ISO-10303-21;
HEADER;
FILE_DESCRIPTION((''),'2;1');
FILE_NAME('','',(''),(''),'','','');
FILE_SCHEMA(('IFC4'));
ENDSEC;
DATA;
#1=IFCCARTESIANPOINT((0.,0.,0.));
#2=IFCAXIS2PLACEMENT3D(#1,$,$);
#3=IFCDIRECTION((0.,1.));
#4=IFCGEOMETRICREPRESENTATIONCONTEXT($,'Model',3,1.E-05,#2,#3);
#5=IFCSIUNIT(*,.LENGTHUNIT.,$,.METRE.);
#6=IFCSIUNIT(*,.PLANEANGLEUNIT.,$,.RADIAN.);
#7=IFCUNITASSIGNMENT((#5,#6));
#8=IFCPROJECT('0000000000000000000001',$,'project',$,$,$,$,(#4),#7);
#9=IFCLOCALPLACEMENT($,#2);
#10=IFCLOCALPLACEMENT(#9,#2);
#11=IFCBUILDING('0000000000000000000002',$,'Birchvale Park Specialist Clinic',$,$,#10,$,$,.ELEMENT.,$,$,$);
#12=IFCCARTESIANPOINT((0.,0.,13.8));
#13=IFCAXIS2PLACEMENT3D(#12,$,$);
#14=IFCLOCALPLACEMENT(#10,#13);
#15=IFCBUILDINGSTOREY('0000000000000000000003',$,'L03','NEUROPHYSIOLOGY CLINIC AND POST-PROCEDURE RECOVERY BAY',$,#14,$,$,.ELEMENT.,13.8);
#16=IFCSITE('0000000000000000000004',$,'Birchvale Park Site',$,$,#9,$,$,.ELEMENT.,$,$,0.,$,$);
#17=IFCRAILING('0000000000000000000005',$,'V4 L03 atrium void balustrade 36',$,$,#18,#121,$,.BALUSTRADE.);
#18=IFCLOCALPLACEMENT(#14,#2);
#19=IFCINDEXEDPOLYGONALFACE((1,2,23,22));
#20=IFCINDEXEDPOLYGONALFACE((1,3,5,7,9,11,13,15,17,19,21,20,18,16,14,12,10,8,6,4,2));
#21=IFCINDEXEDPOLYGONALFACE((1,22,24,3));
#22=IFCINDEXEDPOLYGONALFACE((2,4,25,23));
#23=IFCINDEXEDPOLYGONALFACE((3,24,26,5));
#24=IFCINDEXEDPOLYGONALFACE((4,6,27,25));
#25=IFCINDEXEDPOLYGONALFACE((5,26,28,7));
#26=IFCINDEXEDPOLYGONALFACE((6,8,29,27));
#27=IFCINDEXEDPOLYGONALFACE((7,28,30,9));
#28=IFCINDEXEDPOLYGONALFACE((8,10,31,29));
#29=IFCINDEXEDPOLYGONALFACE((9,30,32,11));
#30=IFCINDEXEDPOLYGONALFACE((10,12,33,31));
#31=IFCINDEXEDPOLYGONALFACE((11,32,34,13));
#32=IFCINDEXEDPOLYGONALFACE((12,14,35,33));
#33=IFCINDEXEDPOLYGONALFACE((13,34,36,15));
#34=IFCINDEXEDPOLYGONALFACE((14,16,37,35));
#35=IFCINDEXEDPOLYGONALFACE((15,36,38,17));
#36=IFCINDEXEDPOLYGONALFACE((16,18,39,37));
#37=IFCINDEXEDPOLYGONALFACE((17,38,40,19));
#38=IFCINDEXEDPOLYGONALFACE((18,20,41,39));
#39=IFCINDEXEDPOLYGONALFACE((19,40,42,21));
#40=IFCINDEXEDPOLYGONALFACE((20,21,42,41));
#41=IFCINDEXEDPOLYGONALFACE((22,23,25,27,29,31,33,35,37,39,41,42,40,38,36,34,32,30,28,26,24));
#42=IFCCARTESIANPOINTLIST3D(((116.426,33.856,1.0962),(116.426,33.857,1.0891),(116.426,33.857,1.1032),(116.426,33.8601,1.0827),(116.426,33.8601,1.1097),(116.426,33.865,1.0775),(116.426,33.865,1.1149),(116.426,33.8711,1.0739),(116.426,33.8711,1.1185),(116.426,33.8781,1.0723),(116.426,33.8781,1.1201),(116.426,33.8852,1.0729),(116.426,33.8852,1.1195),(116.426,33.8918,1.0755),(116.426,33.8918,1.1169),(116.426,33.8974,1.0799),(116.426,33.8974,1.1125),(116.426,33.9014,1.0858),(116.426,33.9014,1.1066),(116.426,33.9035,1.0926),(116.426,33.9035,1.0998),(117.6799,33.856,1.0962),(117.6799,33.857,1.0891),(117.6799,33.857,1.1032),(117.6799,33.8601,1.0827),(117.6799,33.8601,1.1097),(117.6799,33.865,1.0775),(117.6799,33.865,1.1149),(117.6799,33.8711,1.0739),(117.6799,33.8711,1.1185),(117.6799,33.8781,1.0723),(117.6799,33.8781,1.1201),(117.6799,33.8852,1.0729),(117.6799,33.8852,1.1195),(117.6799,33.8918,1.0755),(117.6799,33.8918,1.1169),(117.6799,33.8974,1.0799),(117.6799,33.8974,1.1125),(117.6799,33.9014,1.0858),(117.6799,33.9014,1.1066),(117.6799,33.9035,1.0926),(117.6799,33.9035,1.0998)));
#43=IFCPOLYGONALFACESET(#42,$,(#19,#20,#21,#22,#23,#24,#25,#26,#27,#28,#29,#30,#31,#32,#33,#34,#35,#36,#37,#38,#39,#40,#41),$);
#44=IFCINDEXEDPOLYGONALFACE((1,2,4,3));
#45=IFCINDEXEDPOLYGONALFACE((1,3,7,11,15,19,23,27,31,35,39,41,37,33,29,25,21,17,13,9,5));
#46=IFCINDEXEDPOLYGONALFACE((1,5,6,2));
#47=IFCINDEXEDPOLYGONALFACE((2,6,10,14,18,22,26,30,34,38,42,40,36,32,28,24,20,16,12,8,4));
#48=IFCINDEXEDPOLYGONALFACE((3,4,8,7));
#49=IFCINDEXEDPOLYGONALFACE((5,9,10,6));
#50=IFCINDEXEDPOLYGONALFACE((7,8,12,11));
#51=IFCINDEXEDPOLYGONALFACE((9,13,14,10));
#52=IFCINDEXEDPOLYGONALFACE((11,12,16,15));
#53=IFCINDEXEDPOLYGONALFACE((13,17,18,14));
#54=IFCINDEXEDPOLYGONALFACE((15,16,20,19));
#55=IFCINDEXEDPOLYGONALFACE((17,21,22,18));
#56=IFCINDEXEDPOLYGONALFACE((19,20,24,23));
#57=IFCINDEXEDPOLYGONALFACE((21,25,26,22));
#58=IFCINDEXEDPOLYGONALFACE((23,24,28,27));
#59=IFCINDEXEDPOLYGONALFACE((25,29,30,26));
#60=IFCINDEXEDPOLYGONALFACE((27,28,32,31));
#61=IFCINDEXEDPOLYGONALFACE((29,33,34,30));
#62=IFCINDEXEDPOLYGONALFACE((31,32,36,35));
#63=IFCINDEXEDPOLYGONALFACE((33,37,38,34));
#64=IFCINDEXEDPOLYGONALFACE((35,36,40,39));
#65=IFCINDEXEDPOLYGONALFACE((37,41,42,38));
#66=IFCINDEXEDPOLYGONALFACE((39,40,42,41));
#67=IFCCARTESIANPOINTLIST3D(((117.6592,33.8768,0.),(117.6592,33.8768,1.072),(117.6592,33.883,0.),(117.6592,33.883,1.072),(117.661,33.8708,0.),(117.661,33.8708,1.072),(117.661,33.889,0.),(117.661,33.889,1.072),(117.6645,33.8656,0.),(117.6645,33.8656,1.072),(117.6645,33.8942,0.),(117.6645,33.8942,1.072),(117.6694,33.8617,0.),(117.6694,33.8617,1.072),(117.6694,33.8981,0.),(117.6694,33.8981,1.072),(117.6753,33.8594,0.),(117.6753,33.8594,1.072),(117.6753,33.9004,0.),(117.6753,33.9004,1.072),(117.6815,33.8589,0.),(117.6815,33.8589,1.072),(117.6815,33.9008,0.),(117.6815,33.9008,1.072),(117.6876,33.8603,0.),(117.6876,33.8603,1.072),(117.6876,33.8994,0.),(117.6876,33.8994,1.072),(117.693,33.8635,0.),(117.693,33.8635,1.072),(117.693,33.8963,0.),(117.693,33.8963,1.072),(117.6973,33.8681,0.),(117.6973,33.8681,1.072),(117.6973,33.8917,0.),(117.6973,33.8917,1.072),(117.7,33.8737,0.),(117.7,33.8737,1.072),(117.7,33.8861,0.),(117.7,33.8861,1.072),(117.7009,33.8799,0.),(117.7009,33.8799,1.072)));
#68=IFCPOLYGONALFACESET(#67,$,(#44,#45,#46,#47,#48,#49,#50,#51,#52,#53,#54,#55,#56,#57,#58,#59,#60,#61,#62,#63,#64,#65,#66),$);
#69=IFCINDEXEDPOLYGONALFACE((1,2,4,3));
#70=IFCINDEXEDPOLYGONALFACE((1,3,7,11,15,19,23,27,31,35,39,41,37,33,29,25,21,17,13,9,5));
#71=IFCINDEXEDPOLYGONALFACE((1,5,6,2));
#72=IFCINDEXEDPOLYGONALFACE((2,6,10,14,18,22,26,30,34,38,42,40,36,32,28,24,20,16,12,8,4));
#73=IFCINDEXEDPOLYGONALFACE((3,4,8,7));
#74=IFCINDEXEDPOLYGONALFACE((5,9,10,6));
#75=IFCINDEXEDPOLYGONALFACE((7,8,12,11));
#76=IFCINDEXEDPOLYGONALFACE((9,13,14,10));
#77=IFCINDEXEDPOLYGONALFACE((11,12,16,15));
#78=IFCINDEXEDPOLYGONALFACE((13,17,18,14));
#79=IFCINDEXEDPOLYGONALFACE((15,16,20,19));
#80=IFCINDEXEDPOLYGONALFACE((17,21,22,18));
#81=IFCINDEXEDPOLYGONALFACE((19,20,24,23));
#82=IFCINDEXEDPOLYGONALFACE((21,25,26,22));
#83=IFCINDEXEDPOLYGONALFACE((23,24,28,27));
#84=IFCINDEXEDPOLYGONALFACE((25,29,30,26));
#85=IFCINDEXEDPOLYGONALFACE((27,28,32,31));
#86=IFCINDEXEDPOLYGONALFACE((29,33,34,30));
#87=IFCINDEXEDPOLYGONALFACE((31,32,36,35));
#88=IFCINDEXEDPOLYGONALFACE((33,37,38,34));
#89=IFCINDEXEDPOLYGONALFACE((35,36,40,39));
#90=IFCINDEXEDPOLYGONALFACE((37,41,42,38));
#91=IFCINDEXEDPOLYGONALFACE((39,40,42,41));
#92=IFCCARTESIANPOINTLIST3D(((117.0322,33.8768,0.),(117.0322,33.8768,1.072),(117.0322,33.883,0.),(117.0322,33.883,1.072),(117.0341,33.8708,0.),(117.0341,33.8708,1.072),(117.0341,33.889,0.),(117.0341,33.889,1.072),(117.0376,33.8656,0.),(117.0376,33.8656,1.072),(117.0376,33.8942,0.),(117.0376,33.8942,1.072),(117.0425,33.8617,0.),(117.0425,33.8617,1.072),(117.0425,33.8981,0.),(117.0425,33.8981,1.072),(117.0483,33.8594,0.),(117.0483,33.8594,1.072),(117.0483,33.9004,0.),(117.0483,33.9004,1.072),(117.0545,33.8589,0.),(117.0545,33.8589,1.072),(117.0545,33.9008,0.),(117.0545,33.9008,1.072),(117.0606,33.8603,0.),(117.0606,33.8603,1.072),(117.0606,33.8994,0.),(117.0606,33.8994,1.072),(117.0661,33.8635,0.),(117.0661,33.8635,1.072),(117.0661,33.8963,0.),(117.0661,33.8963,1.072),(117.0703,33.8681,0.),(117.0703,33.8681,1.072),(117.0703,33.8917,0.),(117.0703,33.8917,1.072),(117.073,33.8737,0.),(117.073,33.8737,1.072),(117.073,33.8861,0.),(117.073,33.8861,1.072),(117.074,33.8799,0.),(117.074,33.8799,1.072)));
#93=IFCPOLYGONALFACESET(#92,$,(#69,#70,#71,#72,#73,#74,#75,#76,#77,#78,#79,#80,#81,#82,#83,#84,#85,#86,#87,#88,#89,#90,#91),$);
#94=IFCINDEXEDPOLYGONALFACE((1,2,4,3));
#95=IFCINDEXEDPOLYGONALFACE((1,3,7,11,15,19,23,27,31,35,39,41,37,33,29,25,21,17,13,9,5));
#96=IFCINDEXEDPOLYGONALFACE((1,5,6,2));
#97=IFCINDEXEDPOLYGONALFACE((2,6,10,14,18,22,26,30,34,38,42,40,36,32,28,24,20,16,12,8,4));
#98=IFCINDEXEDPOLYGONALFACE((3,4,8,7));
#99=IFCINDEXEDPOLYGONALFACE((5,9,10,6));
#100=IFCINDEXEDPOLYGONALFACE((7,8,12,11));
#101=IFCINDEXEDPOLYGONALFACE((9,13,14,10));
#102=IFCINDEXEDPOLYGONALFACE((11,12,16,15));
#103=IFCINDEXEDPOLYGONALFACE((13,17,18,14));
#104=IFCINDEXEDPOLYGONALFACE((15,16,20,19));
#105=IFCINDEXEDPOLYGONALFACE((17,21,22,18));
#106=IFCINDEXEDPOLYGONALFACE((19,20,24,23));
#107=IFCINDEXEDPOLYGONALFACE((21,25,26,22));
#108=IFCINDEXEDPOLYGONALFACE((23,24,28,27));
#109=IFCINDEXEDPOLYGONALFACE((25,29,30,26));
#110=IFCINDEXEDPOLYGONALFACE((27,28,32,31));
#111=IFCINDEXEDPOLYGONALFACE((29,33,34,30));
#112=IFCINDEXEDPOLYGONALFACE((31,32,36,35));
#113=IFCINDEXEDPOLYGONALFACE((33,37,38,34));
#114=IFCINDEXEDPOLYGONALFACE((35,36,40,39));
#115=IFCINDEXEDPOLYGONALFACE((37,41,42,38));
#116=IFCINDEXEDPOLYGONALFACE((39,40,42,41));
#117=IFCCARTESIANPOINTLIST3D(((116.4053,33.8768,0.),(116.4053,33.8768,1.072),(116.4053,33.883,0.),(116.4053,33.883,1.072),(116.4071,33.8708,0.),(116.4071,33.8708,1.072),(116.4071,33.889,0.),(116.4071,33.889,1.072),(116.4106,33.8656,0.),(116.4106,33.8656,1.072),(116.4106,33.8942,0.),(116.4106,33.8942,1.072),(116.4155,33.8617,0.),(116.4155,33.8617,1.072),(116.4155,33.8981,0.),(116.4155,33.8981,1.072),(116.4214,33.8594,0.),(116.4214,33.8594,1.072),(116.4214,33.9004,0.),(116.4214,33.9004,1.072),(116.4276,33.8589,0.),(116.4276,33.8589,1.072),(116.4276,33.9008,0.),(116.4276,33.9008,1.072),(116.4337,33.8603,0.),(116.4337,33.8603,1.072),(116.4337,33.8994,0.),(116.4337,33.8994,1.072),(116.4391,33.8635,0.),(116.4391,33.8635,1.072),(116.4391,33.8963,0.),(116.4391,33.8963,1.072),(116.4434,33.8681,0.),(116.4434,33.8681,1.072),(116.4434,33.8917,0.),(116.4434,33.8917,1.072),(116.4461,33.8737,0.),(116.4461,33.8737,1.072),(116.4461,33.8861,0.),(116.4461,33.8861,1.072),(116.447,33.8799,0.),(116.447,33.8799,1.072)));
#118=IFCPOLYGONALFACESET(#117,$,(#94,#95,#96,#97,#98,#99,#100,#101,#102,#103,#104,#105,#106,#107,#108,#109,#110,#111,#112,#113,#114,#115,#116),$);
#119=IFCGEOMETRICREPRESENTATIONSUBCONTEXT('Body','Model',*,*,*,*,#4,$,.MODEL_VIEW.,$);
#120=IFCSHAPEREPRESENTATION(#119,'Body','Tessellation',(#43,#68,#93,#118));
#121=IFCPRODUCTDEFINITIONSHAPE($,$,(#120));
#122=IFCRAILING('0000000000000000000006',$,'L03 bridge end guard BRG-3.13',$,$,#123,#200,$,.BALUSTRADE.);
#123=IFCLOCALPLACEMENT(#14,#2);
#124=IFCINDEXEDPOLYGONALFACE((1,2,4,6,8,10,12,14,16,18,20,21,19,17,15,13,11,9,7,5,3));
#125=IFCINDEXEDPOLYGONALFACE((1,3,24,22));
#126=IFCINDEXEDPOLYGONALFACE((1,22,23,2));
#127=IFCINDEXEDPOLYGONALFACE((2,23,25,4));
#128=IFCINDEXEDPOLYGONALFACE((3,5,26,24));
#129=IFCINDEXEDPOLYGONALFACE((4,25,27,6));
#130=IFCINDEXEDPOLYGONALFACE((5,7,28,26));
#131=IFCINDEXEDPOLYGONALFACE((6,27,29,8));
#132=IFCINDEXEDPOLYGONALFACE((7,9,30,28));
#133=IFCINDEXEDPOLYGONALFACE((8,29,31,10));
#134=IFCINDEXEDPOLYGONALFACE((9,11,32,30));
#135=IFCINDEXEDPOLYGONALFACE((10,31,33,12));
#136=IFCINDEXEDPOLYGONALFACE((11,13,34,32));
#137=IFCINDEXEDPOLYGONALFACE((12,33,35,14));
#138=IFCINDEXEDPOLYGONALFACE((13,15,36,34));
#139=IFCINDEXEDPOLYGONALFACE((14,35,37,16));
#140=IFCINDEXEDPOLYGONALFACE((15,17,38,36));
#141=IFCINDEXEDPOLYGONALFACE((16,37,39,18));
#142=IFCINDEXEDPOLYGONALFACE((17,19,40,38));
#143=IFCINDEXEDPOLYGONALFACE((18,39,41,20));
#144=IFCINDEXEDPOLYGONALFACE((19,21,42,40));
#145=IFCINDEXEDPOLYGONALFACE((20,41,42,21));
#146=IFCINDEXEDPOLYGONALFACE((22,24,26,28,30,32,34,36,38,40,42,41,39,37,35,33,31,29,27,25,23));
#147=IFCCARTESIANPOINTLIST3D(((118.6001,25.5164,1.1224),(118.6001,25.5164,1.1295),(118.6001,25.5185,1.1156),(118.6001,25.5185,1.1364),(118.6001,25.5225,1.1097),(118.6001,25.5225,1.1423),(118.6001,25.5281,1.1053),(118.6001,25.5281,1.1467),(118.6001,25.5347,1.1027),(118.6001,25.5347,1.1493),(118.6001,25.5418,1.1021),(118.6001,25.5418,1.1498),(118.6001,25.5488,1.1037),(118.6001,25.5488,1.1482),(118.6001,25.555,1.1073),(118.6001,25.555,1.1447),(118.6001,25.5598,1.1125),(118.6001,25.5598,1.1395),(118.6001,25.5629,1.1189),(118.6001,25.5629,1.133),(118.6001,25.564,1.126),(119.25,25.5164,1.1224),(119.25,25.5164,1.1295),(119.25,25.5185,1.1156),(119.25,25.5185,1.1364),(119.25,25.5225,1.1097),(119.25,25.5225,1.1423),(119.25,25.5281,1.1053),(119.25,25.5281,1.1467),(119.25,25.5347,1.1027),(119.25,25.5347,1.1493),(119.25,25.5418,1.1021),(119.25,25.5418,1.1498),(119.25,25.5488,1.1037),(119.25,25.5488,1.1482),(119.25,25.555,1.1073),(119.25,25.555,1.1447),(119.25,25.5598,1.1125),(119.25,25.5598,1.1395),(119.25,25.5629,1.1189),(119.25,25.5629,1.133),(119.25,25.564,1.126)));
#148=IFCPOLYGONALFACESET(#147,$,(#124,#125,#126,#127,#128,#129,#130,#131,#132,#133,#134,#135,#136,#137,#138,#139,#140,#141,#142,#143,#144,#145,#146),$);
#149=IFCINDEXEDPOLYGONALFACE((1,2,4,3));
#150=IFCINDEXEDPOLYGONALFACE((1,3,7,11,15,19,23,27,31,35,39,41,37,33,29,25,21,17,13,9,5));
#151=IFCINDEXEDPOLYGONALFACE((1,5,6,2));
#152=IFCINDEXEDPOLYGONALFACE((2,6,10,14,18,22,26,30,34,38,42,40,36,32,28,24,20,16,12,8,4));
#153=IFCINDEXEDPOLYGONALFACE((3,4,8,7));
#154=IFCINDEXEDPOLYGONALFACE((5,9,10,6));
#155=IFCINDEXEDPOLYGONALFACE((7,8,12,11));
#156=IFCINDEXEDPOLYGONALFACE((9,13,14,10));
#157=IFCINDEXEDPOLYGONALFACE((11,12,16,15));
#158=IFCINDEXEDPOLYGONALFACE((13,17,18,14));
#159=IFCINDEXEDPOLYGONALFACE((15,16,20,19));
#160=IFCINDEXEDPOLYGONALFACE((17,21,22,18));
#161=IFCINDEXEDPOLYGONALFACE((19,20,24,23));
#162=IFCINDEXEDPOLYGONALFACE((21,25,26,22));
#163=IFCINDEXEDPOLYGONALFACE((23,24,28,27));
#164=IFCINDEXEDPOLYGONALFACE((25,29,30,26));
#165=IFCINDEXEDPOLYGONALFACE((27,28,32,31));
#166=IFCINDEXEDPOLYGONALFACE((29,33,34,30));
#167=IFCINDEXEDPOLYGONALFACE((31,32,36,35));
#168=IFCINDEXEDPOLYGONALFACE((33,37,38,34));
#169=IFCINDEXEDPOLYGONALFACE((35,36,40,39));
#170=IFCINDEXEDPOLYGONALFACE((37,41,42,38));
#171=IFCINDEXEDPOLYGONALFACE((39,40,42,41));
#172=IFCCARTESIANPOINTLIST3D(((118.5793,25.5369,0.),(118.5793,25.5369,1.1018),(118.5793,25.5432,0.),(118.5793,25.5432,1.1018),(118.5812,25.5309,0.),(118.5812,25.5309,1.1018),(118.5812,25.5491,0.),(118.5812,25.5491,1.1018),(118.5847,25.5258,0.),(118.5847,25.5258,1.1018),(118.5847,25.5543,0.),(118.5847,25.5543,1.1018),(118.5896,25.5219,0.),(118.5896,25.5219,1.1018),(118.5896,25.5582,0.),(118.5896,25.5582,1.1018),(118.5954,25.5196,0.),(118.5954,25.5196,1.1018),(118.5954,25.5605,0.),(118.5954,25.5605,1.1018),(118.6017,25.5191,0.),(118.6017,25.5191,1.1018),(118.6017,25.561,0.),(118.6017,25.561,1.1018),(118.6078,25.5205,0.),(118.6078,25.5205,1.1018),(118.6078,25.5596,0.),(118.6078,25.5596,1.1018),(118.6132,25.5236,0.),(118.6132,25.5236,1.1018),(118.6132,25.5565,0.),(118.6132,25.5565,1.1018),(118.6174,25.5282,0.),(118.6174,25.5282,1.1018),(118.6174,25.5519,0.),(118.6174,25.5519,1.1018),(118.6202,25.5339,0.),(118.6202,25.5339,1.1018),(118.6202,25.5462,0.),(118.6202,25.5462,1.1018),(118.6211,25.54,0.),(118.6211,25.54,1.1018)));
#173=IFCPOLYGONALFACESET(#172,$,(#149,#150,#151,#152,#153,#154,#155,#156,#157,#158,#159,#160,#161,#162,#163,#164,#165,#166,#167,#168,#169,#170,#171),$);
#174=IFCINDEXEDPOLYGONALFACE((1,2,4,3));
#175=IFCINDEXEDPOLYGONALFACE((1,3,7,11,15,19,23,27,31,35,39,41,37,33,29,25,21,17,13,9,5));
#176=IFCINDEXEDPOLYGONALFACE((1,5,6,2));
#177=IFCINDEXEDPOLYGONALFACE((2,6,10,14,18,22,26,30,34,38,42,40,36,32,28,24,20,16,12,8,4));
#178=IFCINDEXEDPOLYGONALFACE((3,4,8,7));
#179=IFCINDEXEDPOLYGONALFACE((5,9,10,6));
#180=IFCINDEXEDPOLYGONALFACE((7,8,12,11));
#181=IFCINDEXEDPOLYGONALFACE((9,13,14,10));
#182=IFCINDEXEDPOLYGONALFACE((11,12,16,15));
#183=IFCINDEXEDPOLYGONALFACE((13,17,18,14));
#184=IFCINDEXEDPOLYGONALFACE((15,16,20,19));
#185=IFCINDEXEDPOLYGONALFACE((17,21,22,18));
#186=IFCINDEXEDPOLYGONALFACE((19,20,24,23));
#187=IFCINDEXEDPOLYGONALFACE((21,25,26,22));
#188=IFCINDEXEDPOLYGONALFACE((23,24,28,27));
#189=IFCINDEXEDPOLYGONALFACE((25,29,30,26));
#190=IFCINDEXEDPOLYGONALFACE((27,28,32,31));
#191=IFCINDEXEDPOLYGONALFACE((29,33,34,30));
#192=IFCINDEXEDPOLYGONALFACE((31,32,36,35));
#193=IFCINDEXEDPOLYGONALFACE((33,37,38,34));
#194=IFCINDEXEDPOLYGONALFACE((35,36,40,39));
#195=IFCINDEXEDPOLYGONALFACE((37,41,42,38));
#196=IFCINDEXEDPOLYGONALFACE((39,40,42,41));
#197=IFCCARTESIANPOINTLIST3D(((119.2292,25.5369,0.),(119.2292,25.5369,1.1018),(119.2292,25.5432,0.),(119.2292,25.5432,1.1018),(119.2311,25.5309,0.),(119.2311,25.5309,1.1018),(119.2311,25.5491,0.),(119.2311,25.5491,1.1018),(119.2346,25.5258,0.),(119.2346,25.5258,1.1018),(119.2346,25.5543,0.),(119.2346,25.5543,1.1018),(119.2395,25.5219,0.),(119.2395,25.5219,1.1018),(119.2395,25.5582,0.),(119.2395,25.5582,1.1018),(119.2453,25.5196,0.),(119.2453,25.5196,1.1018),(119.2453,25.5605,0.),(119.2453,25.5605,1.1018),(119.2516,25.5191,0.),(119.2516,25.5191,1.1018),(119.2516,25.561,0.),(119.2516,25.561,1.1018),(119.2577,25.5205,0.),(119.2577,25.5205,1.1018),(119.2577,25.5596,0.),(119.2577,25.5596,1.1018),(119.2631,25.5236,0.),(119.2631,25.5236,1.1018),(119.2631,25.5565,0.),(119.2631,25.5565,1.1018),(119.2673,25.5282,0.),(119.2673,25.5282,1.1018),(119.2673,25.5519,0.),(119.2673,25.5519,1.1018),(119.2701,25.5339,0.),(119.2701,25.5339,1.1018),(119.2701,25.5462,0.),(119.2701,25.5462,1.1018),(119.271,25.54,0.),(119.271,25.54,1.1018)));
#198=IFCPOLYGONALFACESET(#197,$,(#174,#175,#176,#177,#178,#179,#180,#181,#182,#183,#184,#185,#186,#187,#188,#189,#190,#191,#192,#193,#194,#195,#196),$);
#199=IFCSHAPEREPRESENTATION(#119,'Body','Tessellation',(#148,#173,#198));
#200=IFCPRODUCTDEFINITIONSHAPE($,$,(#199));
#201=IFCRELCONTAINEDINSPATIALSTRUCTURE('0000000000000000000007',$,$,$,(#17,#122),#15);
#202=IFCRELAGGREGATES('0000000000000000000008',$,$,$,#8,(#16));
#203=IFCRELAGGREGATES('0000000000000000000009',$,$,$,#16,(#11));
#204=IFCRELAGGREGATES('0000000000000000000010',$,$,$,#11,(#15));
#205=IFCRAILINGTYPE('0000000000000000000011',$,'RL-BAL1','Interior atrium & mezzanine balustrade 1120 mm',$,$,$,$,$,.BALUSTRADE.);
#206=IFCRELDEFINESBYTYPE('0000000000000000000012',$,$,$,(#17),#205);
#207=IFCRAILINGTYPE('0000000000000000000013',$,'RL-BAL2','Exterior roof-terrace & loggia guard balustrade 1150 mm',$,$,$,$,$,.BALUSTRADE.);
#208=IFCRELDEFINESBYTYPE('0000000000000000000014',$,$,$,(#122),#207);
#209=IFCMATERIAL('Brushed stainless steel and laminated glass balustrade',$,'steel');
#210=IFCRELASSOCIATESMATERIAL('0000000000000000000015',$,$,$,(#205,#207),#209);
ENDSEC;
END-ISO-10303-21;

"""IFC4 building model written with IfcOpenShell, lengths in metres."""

from ifc_helpers import new_model, si_unit, direction, frame, origin, origin_2d, place, context, subcontext, project, spatial, circle, extrude, material, type_object, element, save


model = new_model("IFC4")

# Units and contexts
model_context = context("Model", 3, precision=1e-05, world=origin(), true_north=direction((0.0, 1.0)))
body_context = subcontext(model_context, "Body", "Model", "MODEL_VIEW")
ifc_project = project(units=[si_unit("LENGTHUNIT", "METRE"), si_unit("PLANEANGLEUNIT", "RADIAN")], contexts=[model_context])

# Site, building, storey
site_placement = place(None, origin())
site = spatial("IfcSite", under=ifc_project, at=site_placement, Name="Birchvale Park Site", CompositionType="ELEMENT", RefElevation=0.0)
building_placement = place(site_placement, origin())
building = spatial("IfcBuilding", under=site, at=building_placement, Name="Birchvale Park Specialist Clinic", CompositionType="ELEMENT")
storey_placement = place(building_placement, frame((0.0, 0.0, 13.8)))
storey = spatial("IfcBuildingStorey", under=building, at=storey_placement, Name="L03", Description="NEUROPHYSIOLOGY CLINIC AND POST-PROCEDURE RECOVERY BAY", CompositionType="ELEMENT", Elevation=13.8)

# Railings
ifc_material_1 = material(Name="Brushed stainless steel and laminated glass balustrade", Category="steel")
railing_type_1 = type_object("IfcRailingType", Name="RL-BAL1", Description="Interior atrium & mezzanine balustrade 1120 mm", PredefinedType="BALUSTRADE", material=ifc_material_1)
railing_1_placement = place(storey_placement, frame((117.6799, 33.8799, 0.0)))
element("IfcRailing", 1, at=railing_1_placement, inside=storey, type_object=railing_type_1, Name="V4 L03 atrium void balustrade 36", PredefinedType="BALUSTRADE", context=body_context, shape_type="SweptSolid", body=[
    extrude(circle(Radius=0.0239, at=origin_2d()), frame((0.0, 0.0, 1.0962), z_axis=(-1.0, 0.0, 0.0), x_axis=(0.0, -1.0, 0.0)), (0.0, 0.0, 1.0), 1.2539),
    extrude(circle(Radius=0.021, at=origin_2d()), origin(), (0.0, 0.0, 1.0), 1.072),
    extrude(circle(Radius=0.021, at=origin_2d()), frame((-0.627, 0.0, 0.0)), (0.0, 0.0, 1.0), 1.072),
    extrude(circle(Radius=0.021, at=origin_2d()), frame((-1.2539, 0.0, 0.0)), (0.0, 0.0, 1.0), 1.072),
])
railing_type_2 = type_object("IfcRailingType", Name="RL-BAL2", Description="Exterior roof-terrace & loggia guard balustrade 1150 mm", PredefinedType="BALUSTRADE", material=ifc_material_1)
for number, where, name in (
    (2, (118.6001, 25.54, 0.0), "L03 bridge end guard BRG-3.13"),
):
    element("IfcRailing", number, at=place(storey_placement, frame(where)), inside=storey, type_object=railing_type_2, Name=name, PredefinedType="BALUSTRADE", context=body_context, shape_type="SweptSolid", body=[
        extrude(circle(Radius=0.0239, at=origin_2d()), frame((0.0, 0.0, 1.126), z_axis=(1.0, 0.0, 0.0), x_axis=(0.0, 1.0, 0.0)), (0.0, 0.0, 1.0), 0.6499),
        extrude(circle(Radius=0.021, at=origin_2d()), origin(), (0.0, 0.0, 1.0), 1.1018),
        extrude(circle(Radius=0.021, at=origin_2d()), frame((0.6499, 0.0, 0.0)), (0.0, 0.0, 1.0), 1.1018),
    ])

save(model, "model.ifc")
